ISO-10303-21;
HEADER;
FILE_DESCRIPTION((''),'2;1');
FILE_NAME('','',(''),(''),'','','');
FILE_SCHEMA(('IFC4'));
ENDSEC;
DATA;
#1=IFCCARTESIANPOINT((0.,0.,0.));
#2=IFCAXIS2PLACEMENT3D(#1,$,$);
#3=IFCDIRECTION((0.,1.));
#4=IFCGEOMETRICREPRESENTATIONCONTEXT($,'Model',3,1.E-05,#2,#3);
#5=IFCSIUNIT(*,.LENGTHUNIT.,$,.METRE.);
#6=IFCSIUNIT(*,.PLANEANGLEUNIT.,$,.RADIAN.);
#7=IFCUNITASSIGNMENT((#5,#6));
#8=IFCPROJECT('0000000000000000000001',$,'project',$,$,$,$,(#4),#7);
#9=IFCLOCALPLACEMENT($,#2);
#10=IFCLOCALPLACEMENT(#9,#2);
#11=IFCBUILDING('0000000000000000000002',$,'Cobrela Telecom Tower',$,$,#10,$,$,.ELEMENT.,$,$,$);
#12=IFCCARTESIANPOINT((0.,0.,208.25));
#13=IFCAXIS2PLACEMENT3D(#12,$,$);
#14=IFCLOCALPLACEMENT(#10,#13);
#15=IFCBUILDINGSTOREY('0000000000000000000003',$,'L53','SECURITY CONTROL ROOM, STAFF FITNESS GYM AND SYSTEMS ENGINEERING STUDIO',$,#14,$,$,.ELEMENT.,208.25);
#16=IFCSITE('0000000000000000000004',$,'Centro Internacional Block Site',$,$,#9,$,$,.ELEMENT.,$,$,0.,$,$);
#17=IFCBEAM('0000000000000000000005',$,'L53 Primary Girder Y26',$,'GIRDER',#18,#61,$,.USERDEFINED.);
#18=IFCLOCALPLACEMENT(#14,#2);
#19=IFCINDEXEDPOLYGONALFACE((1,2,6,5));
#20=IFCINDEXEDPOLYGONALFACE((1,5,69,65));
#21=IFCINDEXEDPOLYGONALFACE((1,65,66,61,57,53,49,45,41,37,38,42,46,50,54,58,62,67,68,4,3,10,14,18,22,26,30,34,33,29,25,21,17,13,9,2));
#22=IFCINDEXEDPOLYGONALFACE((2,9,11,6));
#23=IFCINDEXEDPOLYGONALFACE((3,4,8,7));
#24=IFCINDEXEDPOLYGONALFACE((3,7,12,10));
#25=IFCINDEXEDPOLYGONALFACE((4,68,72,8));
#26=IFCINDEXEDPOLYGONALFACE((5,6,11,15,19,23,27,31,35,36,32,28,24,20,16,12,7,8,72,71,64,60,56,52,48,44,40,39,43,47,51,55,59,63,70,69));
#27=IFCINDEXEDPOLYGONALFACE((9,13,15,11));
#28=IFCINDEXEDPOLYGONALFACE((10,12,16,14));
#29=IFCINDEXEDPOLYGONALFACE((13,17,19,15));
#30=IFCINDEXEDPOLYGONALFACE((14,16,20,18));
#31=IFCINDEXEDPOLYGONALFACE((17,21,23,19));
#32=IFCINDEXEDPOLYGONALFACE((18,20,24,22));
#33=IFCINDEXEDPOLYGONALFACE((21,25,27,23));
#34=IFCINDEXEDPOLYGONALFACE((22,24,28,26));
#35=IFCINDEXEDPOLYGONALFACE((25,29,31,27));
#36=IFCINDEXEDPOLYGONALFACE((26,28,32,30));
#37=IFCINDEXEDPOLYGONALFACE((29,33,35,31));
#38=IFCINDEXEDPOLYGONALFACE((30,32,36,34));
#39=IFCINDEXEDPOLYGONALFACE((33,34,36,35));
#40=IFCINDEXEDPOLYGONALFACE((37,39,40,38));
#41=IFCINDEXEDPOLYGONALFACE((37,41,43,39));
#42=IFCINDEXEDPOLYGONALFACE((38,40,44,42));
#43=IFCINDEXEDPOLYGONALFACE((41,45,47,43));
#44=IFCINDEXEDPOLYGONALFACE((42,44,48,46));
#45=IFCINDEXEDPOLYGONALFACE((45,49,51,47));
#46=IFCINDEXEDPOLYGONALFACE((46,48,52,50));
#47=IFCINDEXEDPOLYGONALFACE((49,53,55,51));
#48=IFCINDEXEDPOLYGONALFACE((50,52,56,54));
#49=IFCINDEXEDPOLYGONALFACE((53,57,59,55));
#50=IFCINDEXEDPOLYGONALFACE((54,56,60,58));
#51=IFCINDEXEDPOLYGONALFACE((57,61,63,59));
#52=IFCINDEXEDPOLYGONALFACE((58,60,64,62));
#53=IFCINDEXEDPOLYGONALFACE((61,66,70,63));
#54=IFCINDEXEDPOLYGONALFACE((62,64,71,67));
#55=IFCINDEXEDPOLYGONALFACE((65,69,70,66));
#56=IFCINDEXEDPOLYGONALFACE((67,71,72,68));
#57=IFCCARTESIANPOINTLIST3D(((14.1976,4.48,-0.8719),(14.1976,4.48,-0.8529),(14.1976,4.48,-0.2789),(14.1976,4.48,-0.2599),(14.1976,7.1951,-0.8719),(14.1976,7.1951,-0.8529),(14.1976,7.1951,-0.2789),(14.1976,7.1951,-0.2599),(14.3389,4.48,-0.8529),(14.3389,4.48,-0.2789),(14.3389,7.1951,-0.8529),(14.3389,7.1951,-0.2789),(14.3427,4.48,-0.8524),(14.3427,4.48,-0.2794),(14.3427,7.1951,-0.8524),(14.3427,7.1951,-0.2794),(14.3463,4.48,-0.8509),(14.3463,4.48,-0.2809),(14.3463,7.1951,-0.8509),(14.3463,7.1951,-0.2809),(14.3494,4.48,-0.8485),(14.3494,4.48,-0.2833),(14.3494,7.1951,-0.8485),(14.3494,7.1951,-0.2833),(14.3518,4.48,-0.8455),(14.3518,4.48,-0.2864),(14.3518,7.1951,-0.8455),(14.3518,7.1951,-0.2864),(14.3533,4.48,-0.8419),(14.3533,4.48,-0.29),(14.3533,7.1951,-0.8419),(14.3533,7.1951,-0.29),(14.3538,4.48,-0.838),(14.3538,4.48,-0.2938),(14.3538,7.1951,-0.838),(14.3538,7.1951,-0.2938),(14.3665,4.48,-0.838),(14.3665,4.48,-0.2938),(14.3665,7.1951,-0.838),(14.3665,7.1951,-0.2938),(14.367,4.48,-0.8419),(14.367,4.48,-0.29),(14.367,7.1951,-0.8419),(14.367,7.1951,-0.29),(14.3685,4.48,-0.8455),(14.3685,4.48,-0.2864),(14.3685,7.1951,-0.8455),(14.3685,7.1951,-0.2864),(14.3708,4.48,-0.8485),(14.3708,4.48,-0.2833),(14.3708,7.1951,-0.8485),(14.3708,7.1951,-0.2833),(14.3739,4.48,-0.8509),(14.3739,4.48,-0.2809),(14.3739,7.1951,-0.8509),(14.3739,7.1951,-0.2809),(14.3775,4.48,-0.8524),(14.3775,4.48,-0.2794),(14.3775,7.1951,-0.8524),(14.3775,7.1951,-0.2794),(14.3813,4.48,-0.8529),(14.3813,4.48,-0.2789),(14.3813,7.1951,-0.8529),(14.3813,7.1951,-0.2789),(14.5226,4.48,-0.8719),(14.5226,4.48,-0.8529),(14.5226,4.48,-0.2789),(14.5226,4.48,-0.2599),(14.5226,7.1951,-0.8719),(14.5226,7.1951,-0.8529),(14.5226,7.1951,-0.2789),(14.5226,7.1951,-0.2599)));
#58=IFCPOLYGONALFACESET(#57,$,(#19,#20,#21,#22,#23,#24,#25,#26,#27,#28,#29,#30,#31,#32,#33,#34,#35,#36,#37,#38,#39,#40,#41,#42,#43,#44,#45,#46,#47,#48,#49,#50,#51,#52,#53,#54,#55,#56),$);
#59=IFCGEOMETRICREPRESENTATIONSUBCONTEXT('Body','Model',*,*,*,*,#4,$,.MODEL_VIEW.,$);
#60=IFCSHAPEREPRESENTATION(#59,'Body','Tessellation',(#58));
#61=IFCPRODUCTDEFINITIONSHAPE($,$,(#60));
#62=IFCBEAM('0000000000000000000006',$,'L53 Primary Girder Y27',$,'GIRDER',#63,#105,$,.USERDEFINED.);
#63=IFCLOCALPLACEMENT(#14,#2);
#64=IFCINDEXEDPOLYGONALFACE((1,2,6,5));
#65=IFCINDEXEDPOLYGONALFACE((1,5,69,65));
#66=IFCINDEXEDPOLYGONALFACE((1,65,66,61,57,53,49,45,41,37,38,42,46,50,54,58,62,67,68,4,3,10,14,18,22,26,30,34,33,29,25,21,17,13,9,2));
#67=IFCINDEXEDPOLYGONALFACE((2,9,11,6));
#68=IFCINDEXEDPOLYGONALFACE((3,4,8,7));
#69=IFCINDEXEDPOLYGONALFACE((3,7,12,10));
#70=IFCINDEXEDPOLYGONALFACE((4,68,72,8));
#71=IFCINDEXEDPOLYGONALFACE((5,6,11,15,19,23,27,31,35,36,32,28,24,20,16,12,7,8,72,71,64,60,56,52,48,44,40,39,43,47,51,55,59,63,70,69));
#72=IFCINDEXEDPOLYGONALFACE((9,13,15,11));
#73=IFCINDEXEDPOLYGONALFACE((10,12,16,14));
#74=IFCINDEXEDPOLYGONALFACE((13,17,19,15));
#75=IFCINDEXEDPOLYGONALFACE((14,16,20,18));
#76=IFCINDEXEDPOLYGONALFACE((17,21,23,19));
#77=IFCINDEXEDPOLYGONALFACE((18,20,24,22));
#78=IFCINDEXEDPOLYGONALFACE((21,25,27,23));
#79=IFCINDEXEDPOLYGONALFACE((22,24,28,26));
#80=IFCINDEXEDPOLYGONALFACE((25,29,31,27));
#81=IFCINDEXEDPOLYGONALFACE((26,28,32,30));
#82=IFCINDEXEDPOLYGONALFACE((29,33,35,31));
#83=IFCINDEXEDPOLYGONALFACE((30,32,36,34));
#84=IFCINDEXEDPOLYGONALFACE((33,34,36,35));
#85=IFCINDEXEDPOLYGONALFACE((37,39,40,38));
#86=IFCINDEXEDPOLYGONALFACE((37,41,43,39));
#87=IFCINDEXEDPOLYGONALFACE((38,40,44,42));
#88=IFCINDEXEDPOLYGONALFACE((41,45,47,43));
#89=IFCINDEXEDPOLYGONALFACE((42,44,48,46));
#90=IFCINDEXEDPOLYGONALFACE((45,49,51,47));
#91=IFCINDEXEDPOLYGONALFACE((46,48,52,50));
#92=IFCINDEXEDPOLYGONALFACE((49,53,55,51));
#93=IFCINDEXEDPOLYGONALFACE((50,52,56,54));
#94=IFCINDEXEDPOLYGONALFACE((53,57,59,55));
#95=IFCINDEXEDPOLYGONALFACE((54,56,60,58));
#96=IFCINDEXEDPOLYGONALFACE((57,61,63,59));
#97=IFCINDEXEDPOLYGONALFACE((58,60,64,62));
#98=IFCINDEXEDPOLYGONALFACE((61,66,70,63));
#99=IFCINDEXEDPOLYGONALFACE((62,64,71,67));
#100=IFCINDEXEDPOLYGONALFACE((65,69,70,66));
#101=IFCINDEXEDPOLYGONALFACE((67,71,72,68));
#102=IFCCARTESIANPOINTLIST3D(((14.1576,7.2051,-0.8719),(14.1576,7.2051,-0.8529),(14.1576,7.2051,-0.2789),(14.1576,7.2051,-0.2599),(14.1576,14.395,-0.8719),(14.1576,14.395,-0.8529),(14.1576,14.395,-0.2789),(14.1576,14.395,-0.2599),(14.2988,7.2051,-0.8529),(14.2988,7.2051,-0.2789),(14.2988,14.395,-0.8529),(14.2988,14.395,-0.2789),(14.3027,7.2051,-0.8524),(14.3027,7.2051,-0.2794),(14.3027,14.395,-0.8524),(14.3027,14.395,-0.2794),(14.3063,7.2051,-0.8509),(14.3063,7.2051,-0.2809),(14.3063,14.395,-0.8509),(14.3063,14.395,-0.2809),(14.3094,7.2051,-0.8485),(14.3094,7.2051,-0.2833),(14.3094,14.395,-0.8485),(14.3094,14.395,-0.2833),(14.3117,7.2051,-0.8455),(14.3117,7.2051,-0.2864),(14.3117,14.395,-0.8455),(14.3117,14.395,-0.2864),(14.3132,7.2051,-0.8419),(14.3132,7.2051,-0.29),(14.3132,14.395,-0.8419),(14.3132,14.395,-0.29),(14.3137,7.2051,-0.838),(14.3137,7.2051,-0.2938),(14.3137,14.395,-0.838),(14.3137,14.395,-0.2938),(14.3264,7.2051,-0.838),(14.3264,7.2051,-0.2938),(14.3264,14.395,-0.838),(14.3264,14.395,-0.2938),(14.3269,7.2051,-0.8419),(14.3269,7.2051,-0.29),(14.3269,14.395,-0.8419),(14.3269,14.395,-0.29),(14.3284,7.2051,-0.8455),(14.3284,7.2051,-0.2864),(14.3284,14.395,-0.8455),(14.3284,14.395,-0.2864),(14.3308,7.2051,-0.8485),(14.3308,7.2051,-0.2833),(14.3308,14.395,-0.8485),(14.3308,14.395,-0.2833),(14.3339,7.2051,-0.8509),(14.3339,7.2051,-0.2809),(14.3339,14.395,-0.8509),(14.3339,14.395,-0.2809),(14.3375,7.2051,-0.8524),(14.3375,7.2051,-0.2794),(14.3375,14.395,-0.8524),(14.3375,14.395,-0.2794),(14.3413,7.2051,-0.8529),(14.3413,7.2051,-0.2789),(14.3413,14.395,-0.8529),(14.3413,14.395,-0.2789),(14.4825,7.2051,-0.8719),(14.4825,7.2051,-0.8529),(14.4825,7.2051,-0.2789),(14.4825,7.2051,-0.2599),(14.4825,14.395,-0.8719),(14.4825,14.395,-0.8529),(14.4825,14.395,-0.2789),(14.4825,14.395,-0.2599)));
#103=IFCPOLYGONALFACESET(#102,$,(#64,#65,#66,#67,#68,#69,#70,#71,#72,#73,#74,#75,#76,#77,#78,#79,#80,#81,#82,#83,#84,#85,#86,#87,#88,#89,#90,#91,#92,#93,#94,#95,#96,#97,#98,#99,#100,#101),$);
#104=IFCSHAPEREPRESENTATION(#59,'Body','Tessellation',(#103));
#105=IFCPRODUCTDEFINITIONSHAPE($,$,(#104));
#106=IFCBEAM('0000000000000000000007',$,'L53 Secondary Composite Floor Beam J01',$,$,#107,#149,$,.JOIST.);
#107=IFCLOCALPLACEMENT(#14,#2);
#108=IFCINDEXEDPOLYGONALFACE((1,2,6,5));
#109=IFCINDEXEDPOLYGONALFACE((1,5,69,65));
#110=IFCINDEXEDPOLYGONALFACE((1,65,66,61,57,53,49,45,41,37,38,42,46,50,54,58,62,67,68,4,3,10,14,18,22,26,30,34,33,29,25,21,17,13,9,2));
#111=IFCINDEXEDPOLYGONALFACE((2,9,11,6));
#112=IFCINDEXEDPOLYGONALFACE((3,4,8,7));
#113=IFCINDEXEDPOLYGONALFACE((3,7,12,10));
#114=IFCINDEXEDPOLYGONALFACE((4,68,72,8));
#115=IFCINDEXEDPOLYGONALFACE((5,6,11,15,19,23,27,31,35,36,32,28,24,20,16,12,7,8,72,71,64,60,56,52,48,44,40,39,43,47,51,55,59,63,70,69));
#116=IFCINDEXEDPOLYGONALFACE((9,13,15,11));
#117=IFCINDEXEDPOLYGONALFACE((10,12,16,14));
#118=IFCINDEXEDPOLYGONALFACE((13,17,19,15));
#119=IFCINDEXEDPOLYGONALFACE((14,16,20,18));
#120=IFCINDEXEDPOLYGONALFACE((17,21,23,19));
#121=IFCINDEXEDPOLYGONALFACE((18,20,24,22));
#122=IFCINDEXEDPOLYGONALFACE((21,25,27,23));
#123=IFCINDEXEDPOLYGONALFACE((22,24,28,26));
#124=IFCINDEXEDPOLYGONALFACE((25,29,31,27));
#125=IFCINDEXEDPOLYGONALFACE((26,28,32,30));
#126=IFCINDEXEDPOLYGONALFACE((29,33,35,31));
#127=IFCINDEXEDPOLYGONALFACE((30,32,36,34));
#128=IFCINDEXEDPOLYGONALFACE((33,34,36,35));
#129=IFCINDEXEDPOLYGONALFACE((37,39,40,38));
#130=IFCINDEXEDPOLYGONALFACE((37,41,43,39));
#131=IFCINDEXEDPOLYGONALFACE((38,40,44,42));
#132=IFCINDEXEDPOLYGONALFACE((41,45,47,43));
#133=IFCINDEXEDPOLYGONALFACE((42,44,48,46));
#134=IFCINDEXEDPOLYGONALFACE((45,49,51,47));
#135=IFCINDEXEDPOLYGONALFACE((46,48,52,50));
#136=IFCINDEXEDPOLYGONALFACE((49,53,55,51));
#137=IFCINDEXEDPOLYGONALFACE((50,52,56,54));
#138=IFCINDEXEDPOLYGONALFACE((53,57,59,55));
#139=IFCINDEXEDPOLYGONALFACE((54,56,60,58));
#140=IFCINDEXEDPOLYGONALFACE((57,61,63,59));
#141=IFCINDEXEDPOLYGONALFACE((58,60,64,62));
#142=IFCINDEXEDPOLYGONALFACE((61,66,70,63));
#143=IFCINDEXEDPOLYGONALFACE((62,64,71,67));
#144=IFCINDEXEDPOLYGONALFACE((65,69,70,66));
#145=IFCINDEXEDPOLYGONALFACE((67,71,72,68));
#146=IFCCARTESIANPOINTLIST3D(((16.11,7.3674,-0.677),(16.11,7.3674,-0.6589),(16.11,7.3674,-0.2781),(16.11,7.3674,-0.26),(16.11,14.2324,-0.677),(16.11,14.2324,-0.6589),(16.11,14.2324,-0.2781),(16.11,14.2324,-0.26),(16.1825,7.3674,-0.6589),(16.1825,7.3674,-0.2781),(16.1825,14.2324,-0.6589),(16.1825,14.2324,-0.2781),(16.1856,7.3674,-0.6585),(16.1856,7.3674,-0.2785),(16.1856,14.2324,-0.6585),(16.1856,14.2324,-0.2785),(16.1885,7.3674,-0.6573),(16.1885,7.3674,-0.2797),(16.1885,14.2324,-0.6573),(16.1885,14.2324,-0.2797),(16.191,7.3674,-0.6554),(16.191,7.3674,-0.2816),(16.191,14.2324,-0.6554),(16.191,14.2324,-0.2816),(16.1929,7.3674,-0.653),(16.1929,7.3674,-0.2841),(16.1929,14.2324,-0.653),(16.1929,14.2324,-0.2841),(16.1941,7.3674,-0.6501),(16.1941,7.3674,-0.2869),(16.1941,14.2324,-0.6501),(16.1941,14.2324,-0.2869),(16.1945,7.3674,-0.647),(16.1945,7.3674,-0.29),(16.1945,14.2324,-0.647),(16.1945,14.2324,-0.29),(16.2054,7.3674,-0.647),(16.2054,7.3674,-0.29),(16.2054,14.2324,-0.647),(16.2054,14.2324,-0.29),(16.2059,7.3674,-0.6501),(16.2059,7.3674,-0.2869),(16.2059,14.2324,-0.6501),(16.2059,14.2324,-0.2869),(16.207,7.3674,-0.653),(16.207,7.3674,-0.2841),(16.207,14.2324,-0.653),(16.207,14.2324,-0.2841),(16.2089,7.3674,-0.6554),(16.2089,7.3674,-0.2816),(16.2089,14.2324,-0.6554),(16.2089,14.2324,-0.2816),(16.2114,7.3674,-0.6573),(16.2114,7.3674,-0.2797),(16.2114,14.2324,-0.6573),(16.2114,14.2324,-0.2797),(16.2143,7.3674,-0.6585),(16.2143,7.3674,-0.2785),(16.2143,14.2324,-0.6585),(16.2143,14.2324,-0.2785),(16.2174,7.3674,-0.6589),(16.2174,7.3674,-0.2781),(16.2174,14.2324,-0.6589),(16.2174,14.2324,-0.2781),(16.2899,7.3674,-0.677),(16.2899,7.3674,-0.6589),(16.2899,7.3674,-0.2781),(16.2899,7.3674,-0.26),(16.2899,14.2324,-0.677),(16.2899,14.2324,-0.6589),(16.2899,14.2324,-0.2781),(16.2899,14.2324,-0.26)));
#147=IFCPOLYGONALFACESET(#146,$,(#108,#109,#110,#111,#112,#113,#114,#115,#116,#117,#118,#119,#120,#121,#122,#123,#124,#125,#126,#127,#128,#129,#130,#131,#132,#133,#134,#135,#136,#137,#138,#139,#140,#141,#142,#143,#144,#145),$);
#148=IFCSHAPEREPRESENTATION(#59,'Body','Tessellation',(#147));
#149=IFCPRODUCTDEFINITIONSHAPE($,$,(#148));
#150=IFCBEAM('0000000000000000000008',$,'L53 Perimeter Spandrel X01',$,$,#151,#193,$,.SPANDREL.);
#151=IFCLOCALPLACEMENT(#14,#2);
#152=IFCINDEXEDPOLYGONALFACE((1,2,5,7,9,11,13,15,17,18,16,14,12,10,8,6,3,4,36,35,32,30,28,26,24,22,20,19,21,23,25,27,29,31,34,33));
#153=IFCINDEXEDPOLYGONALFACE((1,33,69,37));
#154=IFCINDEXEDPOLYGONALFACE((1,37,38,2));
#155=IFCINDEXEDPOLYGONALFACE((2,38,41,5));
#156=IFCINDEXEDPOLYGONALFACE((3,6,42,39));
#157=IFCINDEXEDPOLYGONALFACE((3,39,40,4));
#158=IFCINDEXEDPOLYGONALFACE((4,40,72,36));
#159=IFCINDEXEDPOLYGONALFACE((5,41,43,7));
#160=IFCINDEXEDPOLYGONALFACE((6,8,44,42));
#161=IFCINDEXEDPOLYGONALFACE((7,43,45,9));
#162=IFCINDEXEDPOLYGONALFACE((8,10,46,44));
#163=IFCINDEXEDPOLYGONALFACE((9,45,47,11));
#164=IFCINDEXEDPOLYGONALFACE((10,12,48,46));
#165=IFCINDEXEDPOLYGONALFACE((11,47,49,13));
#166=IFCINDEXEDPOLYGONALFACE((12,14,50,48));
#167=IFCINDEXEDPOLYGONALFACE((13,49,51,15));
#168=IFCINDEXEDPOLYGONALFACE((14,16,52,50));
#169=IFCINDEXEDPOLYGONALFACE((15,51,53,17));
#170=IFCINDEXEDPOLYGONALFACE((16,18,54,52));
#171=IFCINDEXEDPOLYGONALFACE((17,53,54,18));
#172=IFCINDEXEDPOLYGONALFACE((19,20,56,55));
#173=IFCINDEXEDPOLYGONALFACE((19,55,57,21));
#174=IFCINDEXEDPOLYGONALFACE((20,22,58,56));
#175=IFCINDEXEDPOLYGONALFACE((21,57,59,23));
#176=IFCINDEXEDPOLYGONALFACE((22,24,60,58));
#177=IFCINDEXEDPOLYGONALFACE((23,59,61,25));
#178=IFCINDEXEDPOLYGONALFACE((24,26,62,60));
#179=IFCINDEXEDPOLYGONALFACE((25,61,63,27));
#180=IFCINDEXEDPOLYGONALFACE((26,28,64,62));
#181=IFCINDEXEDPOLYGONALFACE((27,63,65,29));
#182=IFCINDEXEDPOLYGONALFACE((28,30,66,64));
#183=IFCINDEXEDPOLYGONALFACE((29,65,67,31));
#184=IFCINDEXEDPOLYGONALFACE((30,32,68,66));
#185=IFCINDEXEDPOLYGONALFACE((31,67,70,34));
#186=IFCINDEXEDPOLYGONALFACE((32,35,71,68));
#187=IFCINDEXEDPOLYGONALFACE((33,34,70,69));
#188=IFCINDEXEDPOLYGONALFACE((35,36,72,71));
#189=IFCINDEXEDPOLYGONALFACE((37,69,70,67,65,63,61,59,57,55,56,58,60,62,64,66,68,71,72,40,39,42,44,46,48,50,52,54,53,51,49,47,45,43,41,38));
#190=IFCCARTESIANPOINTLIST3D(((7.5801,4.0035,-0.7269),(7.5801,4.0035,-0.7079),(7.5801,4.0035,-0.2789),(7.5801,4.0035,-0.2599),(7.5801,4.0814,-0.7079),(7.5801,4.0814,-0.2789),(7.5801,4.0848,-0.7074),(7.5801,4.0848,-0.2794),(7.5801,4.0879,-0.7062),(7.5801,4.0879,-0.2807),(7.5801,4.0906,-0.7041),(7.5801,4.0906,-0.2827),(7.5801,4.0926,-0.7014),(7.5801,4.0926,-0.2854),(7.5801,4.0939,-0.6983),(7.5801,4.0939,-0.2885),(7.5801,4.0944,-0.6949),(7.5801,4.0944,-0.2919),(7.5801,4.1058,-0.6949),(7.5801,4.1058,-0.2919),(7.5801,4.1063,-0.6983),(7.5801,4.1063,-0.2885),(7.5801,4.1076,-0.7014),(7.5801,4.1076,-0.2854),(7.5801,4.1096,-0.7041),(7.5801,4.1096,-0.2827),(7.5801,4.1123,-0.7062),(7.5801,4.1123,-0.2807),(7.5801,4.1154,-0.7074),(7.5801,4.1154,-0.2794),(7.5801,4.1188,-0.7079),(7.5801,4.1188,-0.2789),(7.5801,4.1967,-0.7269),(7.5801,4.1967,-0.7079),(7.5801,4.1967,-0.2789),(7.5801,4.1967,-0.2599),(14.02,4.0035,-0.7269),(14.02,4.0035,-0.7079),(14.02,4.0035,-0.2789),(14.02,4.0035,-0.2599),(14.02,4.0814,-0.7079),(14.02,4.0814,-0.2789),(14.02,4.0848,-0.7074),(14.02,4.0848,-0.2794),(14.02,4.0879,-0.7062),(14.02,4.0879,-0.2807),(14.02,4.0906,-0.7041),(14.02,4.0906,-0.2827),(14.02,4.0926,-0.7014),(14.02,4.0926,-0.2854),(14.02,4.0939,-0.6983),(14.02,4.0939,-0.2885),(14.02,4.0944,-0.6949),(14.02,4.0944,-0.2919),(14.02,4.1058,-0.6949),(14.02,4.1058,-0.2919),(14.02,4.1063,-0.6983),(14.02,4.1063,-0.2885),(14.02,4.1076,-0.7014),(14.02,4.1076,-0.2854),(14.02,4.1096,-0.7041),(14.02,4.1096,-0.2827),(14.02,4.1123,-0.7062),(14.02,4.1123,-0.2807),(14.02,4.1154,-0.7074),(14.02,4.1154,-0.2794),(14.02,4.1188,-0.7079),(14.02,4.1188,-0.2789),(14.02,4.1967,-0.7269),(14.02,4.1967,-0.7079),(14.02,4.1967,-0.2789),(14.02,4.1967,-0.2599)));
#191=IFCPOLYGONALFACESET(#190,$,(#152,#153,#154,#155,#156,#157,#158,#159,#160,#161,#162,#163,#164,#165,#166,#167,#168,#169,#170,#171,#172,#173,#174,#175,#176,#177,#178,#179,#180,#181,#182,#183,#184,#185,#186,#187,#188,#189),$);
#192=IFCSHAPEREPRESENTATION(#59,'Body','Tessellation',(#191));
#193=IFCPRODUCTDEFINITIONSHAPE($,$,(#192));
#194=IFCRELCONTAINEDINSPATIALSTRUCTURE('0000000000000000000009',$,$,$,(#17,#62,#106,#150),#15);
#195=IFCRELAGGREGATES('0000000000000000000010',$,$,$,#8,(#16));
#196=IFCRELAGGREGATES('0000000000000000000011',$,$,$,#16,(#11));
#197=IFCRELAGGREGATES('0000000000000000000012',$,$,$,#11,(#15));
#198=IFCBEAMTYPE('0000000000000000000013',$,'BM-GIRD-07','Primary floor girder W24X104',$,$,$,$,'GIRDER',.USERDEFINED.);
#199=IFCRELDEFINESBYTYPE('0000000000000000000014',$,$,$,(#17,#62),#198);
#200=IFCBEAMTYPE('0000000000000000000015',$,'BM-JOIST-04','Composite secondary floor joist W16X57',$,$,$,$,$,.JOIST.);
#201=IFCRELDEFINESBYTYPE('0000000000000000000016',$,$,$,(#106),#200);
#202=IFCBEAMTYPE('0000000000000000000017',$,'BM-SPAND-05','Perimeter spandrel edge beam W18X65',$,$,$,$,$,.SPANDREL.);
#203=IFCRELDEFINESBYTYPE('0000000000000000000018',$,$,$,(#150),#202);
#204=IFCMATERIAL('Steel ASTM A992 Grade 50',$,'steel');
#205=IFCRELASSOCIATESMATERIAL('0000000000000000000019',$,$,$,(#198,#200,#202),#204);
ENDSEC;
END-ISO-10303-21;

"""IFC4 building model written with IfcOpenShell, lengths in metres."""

from ifc_helpers import new_model, si_unit, direction, frame, origin, origin_2d, place, context, subcontext, project, spatial, i_section, extrude, material, material_profile, profile_set, type_object, element, save


model = new_model("IFC4")

# Units and contexts
model_context = context("Model", 3, precision=1e-05, world=origin(), true_north=direction((0.0, 1.0)))
body_context = subcontext(model_context, "Body", "Model", "MODEL_VIEW")
ifc_project = project(units=[si_unit("LENGTHUNIT", "METRE"), si_unit("PLANEANGLEUNIT", "RADIAN")], contexts=[model_context])

# Site, building, storey
site_placement = place(None, origin())
site = spatial("IfcSite", under=ifc_project, at=site_placement, Name="Centro Internacional Block Site", CompositionType="ELEMENT", RefElevation=0.0)
building_placement = place(site_placement, origin())
building = spatial("IfcBuilding", under=site, at=building_placement, Name="Cobrela Telecom Tower", CompositionType="ELEMENT")
storey_placement = place(building_placement, frame((0.0, 0.0, 208.25)))
storey = spatial("IfcBuildingStorey", under=building, at=storey_placement, Name="L53", Description="SECURITY CONTROL ROOM, STAFF FITNESS GYM AND SYSTEMS ENGINEERING STUDIO", CompositionType="ELEMENT", Elevation=208.25)

# Beams
ifc_material_1 = material(Name="Steel ASTM A992 Grade 50", Category="steel")
ifc_material_profile_1 = material_profile(ifc_material_1, i_section(OverallWidth=0.325, OverallDepth=0.6121, WebThickness=0.0127, FlangeThickness=0.019, FilletRadius=0.0149, at=origin_2d()), Name="W24X104")
ifc_profile_set_1 = profile_set([ifc_material_profile_1], Name="Steel ASTM A992 Grade 50")
beam_type_1 = type_object("IfcBeamType", Name="BM-GIRD-07", Description="Primary floor girder W24X104", ElementType="GIRDER", PredefinedType="USERDEFINED", material=ifc_profile_set_1)
beam_1_placement = place(storey_placement, frame((14.3601, 4.48, -0.5659), z_axis=(0.0, 1.0, 0.0), x_axis=(-1.0, 0.0, 0.0)))
element("IfcBeam", 1, at=beam_1_placement, inside=storey, type_object=beam_type_1, Name="L53 Primary Girder Y26", ObjectType="GIRDER", PredefinedType="USERDEFINED", context=body_context, shape_type="SweptSolid", body=[
    extrude(i_section(OverallWidth=0.325, OverallDepth=0.6121, WebThickness=0.0127, FlangeThickness=0.019, FilletRadius=0.0149, at=origin_2d()), origin(), (0.0, 0.0, 1.0), 2.7151),
])
beam_2_placement = place(storey_placement, frame((14.3201, 7.2051, -0.5659), z_axis=(0.0, 1.0, 0.0), x_axis=(-1.0, 0.0, 0.0)))
element("IfcBeam", 2, at=beam_2_placement, inside=storey, type_object=beam_type_1, Name="L53 Primary Girder Y27", ObjectType="GIRDER", PredefinedType="USERDEFINED", context=body_context, shape_type="SweptSolid", body=[
    extrude(i_section(OverallWidth=0.325, OverallDepth=0.6121, WebThickness=0.0127, FlangeThickness=0.019, FilletRadius=0.0149, at=origin_2d()), origin(), (0.0, 0.0, 1.0), 7.1899),
])
ifc_material_profile_2 = material_profile(ifc_material_1, i_section(OverallWidth=0.1799, OverallDepth=0.417, WebThickness=0.011, FlangeThickness=0.0181, FilletRadius=0.012, at=origin_2d()), Name="W16X57")
ifc_profile_set_2 = profile_set([ifc_material_profile_2], Name="Steel ASTM A992 Grade 50")
beam_type_2 = type_object("IfcBeamType", Name="BM-JOIST-04", Description="Composite secondary floor joist W16X57", PredefinedType="JOIST", material=ifc_profile_set_2)
beam_3_placement = place(storey_placement, frame((16.2, 7.3674, -0.4685), z_axis=(0.0, 1.0, 0.0), x_axis=(-1.0, 0.0, 0.0)))
element("IfcBeam", 3, at=beam_3_placement, inside=storey, type_object=beam_type_2, Name="L53 Secondary Composite Floor Beam J01", PredefinedType="JOIST", context=body_context, shape_type="SweptSolid", body=[
    extrude(i_section(OverallWidth=0.1799, OverallDepth=0.417, WebThickness=0.011, FlangeThickness=0.0181, FilletRadius=0.012, at=origin_2d()), origin(), (0.0, 0.0, 1.0), 6.865),
])
ifc_material_profile_3 = material_profile(ifc_material_1, i_section(OverallWidth=0.1931, OverallDepth=0.467, WebThickness=0.0115, FlangeThickness=0.019, FilletRadius=0.0129, at=origin_2d()), Name="W18X65")
ifc_profile_set_3 = profile_set([ifc_material_profile_3], Name="Steel ASTM A992 Grade 50")
beam_type_3 = type_object("IfcBeamType", Name="BM-SPAND-05", Description="Perimeter spandrel edge beam W18X65", PredefinedType="SPANDREL", material=ifc_profile_set_3)
for number, where, z_axis, x_axis, name in (
    (4, (7.5801, 4.1001, -0.4934), (1.0, 0.0, 0.0), (0.0, 1.0, 0.0), "L53 Perimeter Spandrel X01"),
):
    element("IfcBeam", number, at=place(storey_placement, frame(where, z_axis=z_axis, x_axis=x_axis)), inside=storey, type_object=beam_type_3, Name=name, PredefinedType="SPANDREL", context=body_context, shape_type="SweptSolid", body=[
        extrude(i_section(OverallWidth=0.1931, OverallDepth=0.467, WebThickness=0.0115, FlangeThickness=0.019, FilletRadius=0.0129, at=origin_2d()), origin(), (0.0, 0.0, 1.0), 6.4399),
    ])

save(model, "model.ifc")
